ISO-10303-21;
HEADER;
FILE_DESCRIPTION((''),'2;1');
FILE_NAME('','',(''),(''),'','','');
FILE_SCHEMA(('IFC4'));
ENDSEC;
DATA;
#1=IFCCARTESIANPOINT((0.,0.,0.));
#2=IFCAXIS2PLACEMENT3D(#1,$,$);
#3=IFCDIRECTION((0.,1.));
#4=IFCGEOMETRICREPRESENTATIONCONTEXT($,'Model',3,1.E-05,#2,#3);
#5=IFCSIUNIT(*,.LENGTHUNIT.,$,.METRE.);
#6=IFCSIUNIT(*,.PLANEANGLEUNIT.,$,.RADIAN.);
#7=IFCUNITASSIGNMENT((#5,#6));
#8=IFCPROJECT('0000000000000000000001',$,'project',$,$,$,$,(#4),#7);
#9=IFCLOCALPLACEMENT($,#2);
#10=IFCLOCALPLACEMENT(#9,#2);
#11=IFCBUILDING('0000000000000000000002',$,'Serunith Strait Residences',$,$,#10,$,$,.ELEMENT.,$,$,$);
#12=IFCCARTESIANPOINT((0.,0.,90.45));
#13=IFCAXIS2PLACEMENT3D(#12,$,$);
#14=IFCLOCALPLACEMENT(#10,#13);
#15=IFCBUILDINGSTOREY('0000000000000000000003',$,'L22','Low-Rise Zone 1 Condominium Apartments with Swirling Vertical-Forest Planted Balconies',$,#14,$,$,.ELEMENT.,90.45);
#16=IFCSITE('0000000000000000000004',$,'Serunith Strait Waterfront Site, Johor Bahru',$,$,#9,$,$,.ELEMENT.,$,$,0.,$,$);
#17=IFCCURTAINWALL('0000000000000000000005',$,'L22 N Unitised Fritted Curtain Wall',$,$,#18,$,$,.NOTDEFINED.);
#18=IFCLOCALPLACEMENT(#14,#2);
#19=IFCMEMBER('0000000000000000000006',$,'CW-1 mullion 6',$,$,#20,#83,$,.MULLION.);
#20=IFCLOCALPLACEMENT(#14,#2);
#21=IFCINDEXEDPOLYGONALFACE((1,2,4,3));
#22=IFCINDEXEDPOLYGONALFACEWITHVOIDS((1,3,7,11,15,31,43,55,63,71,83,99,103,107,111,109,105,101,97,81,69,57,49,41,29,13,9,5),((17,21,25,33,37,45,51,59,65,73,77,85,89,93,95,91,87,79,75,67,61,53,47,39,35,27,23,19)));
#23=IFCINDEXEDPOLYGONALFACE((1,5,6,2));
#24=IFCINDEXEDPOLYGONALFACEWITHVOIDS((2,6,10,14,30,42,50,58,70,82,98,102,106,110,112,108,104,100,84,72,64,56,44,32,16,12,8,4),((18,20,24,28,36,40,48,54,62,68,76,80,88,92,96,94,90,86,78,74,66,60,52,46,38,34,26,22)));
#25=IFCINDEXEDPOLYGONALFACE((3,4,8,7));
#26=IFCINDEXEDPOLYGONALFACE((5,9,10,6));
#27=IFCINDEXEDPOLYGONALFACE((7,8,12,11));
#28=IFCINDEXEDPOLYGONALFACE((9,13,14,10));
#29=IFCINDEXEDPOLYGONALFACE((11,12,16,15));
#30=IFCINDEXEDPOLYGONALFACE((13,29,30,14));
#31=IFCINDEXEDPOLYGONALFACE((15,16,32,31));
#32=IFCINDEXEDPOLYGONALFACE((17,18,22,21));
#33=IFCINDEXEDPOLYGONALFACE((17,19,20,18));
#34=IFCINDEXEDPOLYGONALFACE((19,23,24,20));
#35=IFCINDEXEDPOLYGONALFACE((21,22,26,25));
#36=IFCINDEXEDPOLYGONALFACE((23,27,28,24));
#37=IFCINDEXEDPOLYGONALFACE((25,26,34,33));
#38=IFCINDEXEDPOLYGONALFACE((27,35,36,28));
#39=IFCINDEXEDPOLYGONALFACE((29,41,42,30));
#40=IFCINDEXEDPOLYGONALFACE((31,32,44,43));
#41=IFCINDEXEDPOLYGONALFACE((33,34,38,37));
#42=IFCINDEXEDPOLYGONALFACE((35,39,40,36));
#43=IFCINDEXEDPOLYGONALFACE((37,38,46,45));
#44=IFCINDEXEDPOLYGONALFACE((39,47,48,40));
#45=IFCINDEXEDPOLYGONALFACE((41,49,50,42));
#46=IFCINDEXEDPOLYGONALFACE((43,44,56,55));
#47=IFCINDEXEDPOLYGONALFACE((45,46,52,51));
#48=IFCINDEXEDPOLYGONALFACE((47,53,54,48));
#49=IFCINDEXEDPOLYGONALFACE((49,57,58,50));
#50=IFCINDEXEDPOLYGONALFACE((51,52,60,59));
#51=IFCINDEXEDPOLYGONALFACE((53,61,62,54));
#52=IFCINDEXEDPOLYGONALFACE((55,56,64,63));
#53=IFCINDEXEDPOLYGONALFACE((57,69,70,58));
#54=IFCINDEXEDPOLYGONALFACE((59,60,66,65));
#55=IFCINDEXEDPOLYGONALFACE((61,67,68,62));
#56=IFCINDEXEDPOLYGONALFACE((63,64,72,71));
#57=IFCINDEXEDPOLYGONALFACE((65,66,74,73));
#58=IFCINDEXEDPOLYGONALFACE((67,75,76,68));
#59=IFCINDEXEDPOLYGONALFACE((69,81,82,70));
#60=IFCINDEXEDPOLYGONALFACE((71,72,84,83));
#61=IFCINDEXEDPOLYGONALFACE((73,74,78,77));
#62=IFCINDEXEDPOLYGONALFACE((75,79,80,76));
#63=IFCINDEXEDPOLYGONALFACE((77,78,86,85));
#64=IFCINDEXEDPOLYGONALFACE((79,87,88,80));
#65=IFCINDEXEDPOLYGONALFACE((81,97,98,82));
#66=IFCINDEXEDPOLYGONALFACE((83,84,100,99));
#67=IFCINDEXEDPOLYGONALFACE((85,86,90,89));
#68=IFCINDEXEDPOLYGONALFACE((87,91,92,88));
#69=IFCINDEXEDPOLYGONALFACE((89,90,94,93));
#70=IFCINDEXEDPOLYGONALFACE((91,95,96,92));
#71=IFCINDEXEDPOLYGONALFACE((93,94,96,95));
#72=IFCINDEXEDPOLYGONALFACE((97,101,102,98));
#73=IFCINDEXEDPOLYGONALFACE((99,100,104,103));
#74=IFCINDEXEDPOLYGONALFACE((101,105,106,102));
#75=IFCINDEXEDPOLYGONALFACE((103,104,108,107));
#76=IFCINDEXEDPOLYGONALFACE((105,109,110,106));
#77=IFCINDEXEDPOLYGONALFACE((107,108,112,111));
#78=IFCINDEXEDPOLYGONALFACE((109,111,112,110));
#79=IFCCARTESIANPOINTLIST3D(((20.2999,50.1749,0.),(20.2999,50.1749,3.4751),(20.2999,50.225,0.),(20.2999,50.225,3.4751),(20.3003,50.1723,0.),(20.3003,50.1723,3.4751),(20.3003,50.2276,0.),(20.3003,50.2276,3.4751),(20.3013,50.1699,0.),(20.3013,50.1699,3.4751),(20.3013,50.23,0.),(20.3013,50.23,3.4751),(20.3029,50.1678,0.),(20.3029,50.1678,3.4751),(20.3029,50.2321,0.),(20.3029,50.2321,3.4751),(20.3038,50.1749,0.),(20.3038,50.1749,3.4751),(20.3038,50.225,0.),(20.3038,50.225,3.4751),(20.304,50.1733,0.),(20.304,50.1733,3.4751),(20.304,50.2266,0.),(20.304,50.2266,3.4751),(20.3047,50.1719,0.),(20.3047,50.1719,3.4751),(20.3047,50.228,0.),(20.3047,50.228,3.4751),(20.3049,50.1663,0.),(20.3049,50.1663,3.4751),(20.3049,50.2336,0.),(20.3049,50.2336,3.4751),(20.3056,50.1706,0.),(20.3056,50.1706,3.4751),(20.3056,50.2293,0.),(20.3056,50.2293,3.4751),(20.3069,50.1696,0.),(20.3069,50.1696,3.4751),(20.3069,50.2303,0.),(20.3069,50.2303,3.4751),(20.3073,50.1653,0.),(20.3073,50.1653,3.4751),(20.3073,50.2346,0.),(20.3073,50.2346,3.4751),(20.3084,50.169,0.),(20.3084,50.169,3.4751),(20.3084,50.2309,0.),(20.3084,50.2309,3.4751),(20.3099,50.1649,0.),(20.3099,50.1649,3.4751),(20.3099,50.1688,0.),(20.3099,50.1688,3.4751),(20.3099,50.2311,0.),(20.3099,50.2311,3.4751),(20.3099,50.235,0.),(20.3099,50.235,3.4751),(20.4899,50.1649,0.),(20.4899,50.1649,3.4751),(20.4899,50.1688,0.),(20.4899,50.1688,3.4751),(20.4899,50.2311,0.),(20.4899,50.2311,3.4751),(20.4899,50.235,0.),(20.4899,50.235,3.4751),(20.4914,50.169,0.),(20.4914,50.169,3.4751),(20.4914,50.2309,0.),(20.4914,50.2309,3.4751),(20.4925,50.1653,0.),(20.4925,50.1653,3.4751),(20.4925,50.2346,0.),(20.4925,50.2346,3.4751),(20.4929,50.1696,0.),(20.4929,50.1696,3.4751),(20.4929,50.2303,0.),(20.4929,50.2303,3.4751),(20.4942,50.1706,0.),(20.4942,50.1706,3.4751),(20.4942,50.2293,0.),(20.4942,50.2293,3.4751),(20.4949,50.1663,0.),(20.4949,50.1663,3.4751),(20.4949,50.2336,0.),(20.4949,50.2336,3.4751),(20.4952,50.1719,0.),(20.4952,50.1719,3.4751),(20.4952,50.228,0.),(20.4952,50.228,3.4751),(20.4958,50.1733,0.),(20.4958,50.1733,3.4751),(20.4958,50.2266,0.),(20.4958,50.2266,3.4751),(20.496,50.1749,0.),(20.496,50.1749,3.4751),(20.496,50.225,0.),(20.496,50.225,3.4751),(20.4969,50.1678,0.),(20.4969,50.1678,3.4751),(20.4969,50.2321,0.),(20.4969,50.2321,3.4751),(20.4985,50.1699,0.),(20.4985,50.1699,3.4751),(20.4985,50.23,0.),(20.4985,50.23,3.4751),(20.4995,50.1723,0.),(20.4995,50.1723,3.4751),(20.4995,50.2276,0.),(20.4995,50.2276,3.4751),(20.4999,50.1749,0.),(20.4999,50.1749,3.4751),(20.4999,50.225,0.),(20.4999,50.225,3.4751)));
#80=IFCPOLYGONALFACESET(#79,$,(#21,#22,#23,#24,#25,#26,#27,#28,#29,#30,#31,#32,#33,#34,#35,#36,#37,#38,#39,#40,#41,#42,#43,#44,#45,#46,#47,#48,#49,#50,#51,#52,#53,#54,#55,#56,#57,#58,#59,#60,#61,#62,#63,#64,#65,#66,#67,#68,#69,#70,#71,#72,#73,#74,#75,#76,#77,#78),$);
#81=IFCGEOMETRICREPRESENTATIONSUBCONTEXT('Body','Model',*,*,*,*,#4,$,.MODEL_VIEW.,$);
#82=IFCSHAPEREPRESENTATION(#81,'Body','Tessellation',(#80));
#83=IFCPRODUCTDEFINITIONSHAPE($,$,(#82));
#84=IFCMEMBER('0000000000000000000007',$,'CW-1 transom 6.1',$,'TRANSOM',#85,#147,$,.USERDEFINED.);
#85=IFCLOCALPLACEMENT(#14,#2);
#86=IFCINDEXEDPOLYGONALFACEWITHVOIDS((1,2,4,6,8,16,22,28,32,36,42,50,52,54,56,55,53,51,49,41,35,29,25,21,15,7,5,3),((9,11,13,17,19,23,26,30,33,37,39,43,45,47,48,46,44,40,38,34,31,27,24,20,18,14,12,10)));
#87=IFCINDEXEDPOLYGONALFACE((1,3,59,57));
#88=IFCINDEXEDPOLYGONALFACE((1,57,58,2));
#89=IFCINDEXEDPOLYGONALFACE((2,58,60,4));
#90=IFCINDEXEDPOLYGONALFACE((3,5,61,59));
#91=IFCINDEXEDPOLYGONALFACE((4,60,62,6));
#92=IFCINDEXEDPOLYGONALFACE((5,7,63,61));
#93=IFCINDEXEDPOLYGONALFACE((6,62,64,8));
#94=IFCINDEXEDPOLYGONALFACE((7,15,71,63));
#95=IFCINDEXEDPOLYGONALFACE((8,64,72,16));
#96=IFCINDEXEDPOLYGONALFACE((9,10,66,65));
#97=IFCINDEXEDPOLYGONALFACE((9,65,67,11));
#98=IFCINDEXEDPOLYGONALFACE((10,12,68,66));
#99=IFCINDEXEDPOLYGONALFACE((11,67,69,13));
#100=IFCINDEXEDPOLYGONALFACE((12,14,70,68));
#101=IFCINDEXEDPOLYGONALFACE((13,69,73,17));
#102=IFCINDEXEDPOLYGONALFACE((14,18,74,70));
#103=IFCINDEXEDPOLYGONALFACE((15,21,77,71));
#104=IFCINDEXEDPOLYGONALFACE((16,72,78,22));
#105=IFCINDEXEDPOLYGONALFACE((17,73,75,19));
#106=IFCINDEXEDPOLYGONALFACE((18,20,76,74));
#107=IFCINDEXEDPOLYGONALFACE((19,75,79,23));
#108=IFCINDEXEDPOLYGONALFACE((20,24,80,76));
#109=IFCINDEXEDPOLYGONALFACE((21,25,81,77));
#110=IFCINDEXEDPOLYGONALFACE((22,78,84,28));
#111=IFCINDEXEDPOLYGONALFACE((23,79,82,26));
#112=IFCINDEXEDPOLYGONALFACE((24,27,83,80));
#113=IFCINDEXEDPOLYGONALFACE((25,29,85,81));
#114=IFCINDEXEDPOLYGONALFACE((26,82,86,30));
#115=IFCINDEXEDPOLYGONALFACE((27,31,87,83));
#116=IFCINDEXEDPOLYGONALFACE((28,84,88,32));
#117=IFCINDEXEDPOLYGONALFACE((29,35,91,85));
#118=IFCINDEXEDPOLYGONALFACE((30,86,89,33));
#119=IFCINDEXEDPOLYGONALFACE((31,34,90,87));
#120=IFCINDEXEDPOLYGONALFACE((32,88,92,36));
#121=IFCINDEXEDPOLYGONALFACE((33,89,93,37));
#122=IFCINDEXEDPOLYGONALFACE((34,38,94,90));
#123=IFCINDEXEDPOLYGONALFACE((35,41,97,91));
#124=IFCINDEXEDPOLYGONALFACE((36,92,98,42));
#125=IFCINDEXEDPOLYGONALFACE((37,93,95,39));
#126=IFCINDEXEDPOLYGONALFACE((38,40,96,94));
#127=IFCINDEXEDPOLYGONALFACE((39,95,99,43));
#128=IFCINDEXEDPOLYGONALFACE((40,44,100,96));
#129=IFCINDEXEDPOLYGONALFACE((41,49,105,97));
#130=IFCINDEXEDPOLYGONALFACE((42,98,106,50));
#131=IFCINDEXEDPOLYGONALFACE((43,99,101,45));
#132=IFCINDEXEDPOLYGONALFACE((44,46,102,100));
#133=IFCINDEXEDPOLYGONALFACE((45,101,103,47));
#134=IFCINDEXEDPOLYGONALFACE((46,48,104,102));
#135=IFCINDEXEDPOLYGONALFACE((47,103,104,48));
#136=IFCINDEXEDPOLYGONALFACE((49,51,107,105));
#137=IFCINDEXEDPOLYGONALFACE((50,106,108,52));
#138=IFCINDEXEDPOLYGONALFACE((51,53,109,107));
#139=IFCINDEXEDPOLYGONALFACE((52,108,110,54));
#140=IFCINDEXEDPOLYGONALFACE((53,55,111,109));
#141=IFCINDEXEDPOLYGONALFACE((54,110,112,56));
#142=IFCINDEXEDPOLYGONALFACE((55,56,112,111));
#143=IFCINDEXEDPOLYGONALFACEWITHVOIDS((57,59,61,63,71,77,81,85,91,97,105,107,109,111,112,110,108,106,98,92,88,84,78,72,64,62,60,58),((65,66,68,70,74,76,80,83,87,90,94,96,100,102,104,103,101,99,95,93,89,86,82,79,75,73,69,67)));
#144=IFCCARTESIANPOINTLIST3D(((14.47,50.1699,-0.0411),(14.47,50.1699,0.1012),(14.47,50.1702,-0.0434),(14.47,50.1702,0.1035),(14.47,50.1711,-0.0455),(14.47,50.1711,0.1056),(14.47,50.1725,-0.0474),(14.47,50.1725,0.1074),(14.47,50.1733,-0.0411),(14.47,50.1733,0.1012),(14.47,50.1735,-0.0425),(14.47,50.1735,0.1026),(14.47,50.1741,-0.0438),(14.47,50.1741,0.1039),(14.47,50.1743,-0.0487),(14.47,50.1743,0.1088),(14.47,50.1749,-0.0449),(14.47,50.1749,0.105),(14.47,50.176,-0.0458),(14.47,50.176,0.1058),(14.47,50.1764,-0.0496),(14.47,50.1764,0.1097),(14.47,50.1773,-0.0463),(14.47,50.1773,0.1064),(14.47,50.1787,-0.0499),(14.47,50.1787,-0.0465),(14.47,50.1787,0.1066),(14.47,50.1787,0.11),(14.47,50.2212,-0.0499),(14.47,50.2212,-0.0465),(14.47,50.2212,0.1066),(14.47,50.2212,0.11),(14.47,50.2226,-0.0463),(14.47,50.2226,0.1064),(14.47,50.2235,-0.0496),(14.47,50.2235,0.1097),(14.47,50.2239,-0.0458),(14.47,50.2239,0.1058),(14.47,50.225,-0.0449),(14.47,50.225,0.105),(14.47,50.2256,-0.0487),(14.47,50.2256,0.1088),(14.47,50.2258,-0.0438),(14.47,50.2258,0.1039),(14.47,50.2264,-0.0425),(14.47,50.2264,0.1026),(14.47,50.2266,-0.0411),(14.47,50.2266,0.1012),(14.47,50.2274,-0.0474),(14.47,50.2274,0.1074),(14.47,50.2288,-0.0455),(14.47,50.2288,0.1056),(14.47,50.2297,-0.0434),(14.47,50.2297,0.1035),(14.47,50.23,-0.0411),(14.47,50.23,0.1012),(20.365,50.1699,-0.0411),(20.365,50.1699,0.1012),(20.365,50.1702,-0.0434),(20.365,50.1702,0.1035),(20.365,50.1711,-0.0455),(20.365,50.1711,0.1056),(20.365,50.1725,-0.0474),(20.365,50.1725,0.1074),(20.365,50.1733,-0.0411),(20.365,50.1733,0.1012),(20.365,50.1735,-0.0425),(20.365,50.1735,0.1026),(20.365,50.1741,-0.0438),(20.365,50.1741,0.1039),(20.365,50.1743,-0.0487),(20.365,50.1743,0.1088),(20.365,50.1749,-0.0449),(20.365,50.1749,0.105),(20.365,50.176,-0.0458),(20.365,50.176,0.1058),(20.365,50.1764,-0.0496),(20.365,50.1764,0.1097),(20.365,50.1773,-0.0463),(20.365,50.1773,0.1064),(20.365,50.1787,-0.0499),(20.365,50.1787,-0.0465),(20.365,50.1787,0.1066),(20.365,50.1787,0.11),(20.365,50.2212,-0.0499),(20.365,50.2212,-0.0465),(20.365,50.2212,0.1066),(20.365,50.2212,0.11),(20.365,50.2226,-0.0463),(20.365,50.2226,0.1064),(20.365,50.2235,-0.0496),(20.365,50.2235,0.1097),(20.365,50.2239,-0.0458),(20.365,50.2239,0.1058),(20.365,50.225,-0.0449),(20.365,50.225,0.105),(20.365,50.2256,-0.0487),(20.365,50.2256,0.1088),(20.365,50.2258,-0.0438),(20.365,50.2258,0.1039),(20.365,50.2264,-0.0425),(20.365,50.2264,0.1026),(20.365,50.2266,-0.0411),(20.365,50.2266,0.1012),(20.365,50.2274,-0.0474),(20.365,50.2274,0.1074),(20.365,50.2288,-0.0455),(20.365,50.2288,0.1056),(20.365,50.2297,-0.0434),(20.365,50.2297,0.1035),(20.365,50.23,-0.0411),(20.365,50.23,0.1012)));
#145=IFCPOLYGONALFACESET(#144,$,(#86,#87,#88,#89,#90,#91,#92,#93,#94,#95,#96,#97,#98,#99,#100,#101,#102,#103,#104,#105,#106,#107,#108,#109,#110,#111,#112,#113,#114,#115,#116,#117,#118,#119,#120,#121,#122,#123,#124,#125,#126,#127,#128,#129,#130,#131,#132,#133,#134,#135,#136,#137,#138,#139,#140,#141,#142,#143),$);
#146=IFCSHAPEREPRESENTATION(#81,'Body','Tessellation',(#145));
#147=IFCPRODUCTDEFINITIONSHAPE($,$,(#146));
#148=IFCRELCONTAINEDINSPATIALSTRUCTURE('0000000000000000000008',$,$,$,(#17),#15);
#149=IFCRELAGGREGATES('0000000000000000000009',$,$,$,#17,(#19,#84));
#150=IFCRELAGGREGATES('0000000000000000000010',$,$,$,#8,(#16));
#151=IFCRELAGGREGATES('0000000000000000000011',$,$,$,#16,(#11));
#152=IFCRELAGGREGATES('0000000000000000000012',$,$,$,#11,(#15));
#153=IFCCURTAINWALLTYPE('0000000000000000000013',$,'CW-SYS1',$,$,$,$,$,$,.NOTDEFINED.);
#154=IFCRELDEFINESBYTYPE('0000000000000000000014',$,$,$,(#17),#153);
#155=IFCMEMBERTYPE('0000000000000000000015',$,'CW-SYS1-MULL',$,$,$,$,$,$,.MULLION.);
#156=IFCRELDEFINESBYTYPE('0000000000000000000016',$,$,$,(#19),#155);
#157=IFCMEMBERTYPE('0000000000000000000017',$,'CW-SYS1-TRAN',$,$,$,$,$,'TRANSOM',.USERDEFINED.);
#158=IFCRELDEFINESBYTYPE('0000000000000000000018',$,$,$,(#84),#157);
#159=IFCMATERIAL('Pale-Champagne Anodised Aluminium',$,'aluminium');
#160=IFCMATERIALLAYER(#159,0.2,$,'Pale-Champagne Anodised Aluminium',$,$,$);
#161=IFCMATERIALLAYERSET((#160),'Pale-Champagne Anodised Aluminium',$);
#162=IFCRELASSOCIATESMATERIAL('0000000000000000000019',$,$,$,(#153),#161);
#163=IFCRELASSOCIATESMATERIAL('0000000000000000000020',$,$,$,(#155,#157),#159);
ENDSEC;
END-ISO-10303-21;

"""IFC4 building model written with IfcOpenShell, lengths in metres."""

from ifc_helpers import new_model, si_unit, direction, frame, origin, origin_2d, place, context, subcontext, project, spatial, hollow_rectangle, extrude, source, transform, mapped, material, layer, layer_set, material_profile, profile_set, type_object, element, aggregate, save


model = new_model("IFC4")

# Units and contexts
model_context = context("Model", 3, precision=1e-05, world=origin(), true_north=direction((0.0, 1.0)))
body_context = subcontext(model_context, "Body", "Model", "MODEL_VIEW")
ifc_project = project(units=[si_unit("LENGTHUNIT", "METRE"), si_unit("PLANEANGLEUNIT", "RADIAN")], contexts=[model_context])

# Site, building, storey
site_placement = place(None, origin())
site = spatial("IfcSite", under=ifc_project, at=site_placement, Name="Serunith Strait Waterfront Site, Johor Bahru", CompositionType="ELEMENT", RefElevation=0.0)
building_placement = place(site_placement, origin())
building = spatial("IfcBuilding", under=site, at=building_placement, Name="Serunith Strait Residences", CompositionType="ELEMENT")
storey_placement = place(building_placement, frame((0.0, 0.0, 90.45)))
storey = spatial("IfcBuildingStorey", under=building, at=storey_placement, Name="L22", Description="Low-Rise Zone 1 Condominium Apartments with Swirling Vertical-Forest Planted Balconies", CompositionType="ELEMENT", Elevation=90.45)

# Curtain wall, members
ifc_material_1 = material(Name="Pale-Champagne Anodised Aluminium", Category="aluminium")
ifc_layer_1 = layer(ifc_material_1, 0.2, Name="Pale-Champagne Anodised Aluminium")
ifc_layer_set_1 = layer_set([ifc_layer_1], Name="Pale-Champagne Anodised Aluminium")
curtain_wall_type = type_object("IfcCurtainWallType", Name="CW-SYS1", PredefinedType="NOTDEFINED", material=ifc_layer_set_1)
curtain_wall_placement = place(storey_placement, origin())
curtain_wall = element("IfcCurtainWall", 1, at=curtain_wall_placement, inside=storey, type_object=curtain_wall_type, Name="L22 N Unitised Fritted Curtain Wall", PredefinedType="NOTDEFINED")
ifc_material_profile_1 = material_profile(ifc_material_1, hollow_rectangle(XDim=0.0701, YDim=0.2, WallThickness=0.0039, InnerFilletRadius=0.0061, OuterFilletRadius=0.01, at=origin_2d()), Name="ALU 200x70x4")
ifc_profile_set_1 = profile_set([ifc_material_profile_1], Name="Pale-Champagne Anodised Aluminium")
member_type_1 = type_object("IfcMemberType", Name="CW-SYS1-MULL", PredefinedType="MULLION", material=ifc_profile_set_1)
shared_shape_1 = source(origin(), body_context, "Body", "SweptSolid", [
    extrude(hollow_rectangle(XDim=0.0701, YDim=0.2, WallThickness=0.0039, InnerFilletRadius=0.0061, OuterFilletRadius=0.01, at=origin_2d()), origin(), (0.0, 0.0, 1.0), 3.4751),
])
member_1_placement = place(storey_placement, frame((20.3999, 50.2, 0.0), z_axis=(0.0, 0.0, 1.0), x_axis=(0.0, -1.0, 0.0)))
member_1 = element("IfcMember", 2, at=member_1_placement, type_object=member_type_1, Name="CW-1 mullion 6", PredefinedType="MULLION", context=body_context, shape_type="MappedRepresentation", body=[
    mapped(shared_shape_1, transform((0.0, 0.0, 0.0), scale=1.0)),
])
ifc_material_profile_2 = material_profile(ifc_material_1, hollow_rectangle(XDim=0.0601, YDim=0.1599, WallThickness=0.0034, InnerFilletRadius=0.0054, OuterFilletRadius=0.0088, at=origin_2d()), Name="ALU 160x60x3.5")
ifc_profile_set_2 = profile_set([ifc_material_profile_2], Name="Pale-Champagne Anodised Aluminium")
member_type_2 = type_object("IfcMemberType", Name="CW-SYS1-TRAN", ElementType="TRANSOM", PredefinedType="USERDEFINED", material=ifc_profile_set_2)
shared_shape_2 = source(origin(), body_context, "Body", "SweptSolid", [
    extrude(hollow_rectangle(XDim=0.0601, YDim=0.1599, WallThickness=0.0034, InnerFilletRadius=0.0054, OuterFilletRadius=0.0088, at=origin_2d()), origin(), (0.0, 0.0, 1.0), 5.895),
])
member_2_placement = place(storey_placement, frame((20.365, 50.2, 0.03), z_axis=(-1.0, 0.0, 0.0), x_axis=(0.0, -1.0, 0.0)))
member_2 = element("IfcMember", 3, at=member_2_placement, type_object=member_type_2, Name="CW-1 transom 6.1", ObjectType="TRANSOM", PredefinedType="USERDEFINED", context=body_context, shape_type="MappedRepresentation", body=[
    mapped(shared_shape_2, transform((0.0, 0.0, 0.0), scale=1.0)),
])
aggregate(curtain_wall, [member_1, member_2])

save(model, "model.ifc")
